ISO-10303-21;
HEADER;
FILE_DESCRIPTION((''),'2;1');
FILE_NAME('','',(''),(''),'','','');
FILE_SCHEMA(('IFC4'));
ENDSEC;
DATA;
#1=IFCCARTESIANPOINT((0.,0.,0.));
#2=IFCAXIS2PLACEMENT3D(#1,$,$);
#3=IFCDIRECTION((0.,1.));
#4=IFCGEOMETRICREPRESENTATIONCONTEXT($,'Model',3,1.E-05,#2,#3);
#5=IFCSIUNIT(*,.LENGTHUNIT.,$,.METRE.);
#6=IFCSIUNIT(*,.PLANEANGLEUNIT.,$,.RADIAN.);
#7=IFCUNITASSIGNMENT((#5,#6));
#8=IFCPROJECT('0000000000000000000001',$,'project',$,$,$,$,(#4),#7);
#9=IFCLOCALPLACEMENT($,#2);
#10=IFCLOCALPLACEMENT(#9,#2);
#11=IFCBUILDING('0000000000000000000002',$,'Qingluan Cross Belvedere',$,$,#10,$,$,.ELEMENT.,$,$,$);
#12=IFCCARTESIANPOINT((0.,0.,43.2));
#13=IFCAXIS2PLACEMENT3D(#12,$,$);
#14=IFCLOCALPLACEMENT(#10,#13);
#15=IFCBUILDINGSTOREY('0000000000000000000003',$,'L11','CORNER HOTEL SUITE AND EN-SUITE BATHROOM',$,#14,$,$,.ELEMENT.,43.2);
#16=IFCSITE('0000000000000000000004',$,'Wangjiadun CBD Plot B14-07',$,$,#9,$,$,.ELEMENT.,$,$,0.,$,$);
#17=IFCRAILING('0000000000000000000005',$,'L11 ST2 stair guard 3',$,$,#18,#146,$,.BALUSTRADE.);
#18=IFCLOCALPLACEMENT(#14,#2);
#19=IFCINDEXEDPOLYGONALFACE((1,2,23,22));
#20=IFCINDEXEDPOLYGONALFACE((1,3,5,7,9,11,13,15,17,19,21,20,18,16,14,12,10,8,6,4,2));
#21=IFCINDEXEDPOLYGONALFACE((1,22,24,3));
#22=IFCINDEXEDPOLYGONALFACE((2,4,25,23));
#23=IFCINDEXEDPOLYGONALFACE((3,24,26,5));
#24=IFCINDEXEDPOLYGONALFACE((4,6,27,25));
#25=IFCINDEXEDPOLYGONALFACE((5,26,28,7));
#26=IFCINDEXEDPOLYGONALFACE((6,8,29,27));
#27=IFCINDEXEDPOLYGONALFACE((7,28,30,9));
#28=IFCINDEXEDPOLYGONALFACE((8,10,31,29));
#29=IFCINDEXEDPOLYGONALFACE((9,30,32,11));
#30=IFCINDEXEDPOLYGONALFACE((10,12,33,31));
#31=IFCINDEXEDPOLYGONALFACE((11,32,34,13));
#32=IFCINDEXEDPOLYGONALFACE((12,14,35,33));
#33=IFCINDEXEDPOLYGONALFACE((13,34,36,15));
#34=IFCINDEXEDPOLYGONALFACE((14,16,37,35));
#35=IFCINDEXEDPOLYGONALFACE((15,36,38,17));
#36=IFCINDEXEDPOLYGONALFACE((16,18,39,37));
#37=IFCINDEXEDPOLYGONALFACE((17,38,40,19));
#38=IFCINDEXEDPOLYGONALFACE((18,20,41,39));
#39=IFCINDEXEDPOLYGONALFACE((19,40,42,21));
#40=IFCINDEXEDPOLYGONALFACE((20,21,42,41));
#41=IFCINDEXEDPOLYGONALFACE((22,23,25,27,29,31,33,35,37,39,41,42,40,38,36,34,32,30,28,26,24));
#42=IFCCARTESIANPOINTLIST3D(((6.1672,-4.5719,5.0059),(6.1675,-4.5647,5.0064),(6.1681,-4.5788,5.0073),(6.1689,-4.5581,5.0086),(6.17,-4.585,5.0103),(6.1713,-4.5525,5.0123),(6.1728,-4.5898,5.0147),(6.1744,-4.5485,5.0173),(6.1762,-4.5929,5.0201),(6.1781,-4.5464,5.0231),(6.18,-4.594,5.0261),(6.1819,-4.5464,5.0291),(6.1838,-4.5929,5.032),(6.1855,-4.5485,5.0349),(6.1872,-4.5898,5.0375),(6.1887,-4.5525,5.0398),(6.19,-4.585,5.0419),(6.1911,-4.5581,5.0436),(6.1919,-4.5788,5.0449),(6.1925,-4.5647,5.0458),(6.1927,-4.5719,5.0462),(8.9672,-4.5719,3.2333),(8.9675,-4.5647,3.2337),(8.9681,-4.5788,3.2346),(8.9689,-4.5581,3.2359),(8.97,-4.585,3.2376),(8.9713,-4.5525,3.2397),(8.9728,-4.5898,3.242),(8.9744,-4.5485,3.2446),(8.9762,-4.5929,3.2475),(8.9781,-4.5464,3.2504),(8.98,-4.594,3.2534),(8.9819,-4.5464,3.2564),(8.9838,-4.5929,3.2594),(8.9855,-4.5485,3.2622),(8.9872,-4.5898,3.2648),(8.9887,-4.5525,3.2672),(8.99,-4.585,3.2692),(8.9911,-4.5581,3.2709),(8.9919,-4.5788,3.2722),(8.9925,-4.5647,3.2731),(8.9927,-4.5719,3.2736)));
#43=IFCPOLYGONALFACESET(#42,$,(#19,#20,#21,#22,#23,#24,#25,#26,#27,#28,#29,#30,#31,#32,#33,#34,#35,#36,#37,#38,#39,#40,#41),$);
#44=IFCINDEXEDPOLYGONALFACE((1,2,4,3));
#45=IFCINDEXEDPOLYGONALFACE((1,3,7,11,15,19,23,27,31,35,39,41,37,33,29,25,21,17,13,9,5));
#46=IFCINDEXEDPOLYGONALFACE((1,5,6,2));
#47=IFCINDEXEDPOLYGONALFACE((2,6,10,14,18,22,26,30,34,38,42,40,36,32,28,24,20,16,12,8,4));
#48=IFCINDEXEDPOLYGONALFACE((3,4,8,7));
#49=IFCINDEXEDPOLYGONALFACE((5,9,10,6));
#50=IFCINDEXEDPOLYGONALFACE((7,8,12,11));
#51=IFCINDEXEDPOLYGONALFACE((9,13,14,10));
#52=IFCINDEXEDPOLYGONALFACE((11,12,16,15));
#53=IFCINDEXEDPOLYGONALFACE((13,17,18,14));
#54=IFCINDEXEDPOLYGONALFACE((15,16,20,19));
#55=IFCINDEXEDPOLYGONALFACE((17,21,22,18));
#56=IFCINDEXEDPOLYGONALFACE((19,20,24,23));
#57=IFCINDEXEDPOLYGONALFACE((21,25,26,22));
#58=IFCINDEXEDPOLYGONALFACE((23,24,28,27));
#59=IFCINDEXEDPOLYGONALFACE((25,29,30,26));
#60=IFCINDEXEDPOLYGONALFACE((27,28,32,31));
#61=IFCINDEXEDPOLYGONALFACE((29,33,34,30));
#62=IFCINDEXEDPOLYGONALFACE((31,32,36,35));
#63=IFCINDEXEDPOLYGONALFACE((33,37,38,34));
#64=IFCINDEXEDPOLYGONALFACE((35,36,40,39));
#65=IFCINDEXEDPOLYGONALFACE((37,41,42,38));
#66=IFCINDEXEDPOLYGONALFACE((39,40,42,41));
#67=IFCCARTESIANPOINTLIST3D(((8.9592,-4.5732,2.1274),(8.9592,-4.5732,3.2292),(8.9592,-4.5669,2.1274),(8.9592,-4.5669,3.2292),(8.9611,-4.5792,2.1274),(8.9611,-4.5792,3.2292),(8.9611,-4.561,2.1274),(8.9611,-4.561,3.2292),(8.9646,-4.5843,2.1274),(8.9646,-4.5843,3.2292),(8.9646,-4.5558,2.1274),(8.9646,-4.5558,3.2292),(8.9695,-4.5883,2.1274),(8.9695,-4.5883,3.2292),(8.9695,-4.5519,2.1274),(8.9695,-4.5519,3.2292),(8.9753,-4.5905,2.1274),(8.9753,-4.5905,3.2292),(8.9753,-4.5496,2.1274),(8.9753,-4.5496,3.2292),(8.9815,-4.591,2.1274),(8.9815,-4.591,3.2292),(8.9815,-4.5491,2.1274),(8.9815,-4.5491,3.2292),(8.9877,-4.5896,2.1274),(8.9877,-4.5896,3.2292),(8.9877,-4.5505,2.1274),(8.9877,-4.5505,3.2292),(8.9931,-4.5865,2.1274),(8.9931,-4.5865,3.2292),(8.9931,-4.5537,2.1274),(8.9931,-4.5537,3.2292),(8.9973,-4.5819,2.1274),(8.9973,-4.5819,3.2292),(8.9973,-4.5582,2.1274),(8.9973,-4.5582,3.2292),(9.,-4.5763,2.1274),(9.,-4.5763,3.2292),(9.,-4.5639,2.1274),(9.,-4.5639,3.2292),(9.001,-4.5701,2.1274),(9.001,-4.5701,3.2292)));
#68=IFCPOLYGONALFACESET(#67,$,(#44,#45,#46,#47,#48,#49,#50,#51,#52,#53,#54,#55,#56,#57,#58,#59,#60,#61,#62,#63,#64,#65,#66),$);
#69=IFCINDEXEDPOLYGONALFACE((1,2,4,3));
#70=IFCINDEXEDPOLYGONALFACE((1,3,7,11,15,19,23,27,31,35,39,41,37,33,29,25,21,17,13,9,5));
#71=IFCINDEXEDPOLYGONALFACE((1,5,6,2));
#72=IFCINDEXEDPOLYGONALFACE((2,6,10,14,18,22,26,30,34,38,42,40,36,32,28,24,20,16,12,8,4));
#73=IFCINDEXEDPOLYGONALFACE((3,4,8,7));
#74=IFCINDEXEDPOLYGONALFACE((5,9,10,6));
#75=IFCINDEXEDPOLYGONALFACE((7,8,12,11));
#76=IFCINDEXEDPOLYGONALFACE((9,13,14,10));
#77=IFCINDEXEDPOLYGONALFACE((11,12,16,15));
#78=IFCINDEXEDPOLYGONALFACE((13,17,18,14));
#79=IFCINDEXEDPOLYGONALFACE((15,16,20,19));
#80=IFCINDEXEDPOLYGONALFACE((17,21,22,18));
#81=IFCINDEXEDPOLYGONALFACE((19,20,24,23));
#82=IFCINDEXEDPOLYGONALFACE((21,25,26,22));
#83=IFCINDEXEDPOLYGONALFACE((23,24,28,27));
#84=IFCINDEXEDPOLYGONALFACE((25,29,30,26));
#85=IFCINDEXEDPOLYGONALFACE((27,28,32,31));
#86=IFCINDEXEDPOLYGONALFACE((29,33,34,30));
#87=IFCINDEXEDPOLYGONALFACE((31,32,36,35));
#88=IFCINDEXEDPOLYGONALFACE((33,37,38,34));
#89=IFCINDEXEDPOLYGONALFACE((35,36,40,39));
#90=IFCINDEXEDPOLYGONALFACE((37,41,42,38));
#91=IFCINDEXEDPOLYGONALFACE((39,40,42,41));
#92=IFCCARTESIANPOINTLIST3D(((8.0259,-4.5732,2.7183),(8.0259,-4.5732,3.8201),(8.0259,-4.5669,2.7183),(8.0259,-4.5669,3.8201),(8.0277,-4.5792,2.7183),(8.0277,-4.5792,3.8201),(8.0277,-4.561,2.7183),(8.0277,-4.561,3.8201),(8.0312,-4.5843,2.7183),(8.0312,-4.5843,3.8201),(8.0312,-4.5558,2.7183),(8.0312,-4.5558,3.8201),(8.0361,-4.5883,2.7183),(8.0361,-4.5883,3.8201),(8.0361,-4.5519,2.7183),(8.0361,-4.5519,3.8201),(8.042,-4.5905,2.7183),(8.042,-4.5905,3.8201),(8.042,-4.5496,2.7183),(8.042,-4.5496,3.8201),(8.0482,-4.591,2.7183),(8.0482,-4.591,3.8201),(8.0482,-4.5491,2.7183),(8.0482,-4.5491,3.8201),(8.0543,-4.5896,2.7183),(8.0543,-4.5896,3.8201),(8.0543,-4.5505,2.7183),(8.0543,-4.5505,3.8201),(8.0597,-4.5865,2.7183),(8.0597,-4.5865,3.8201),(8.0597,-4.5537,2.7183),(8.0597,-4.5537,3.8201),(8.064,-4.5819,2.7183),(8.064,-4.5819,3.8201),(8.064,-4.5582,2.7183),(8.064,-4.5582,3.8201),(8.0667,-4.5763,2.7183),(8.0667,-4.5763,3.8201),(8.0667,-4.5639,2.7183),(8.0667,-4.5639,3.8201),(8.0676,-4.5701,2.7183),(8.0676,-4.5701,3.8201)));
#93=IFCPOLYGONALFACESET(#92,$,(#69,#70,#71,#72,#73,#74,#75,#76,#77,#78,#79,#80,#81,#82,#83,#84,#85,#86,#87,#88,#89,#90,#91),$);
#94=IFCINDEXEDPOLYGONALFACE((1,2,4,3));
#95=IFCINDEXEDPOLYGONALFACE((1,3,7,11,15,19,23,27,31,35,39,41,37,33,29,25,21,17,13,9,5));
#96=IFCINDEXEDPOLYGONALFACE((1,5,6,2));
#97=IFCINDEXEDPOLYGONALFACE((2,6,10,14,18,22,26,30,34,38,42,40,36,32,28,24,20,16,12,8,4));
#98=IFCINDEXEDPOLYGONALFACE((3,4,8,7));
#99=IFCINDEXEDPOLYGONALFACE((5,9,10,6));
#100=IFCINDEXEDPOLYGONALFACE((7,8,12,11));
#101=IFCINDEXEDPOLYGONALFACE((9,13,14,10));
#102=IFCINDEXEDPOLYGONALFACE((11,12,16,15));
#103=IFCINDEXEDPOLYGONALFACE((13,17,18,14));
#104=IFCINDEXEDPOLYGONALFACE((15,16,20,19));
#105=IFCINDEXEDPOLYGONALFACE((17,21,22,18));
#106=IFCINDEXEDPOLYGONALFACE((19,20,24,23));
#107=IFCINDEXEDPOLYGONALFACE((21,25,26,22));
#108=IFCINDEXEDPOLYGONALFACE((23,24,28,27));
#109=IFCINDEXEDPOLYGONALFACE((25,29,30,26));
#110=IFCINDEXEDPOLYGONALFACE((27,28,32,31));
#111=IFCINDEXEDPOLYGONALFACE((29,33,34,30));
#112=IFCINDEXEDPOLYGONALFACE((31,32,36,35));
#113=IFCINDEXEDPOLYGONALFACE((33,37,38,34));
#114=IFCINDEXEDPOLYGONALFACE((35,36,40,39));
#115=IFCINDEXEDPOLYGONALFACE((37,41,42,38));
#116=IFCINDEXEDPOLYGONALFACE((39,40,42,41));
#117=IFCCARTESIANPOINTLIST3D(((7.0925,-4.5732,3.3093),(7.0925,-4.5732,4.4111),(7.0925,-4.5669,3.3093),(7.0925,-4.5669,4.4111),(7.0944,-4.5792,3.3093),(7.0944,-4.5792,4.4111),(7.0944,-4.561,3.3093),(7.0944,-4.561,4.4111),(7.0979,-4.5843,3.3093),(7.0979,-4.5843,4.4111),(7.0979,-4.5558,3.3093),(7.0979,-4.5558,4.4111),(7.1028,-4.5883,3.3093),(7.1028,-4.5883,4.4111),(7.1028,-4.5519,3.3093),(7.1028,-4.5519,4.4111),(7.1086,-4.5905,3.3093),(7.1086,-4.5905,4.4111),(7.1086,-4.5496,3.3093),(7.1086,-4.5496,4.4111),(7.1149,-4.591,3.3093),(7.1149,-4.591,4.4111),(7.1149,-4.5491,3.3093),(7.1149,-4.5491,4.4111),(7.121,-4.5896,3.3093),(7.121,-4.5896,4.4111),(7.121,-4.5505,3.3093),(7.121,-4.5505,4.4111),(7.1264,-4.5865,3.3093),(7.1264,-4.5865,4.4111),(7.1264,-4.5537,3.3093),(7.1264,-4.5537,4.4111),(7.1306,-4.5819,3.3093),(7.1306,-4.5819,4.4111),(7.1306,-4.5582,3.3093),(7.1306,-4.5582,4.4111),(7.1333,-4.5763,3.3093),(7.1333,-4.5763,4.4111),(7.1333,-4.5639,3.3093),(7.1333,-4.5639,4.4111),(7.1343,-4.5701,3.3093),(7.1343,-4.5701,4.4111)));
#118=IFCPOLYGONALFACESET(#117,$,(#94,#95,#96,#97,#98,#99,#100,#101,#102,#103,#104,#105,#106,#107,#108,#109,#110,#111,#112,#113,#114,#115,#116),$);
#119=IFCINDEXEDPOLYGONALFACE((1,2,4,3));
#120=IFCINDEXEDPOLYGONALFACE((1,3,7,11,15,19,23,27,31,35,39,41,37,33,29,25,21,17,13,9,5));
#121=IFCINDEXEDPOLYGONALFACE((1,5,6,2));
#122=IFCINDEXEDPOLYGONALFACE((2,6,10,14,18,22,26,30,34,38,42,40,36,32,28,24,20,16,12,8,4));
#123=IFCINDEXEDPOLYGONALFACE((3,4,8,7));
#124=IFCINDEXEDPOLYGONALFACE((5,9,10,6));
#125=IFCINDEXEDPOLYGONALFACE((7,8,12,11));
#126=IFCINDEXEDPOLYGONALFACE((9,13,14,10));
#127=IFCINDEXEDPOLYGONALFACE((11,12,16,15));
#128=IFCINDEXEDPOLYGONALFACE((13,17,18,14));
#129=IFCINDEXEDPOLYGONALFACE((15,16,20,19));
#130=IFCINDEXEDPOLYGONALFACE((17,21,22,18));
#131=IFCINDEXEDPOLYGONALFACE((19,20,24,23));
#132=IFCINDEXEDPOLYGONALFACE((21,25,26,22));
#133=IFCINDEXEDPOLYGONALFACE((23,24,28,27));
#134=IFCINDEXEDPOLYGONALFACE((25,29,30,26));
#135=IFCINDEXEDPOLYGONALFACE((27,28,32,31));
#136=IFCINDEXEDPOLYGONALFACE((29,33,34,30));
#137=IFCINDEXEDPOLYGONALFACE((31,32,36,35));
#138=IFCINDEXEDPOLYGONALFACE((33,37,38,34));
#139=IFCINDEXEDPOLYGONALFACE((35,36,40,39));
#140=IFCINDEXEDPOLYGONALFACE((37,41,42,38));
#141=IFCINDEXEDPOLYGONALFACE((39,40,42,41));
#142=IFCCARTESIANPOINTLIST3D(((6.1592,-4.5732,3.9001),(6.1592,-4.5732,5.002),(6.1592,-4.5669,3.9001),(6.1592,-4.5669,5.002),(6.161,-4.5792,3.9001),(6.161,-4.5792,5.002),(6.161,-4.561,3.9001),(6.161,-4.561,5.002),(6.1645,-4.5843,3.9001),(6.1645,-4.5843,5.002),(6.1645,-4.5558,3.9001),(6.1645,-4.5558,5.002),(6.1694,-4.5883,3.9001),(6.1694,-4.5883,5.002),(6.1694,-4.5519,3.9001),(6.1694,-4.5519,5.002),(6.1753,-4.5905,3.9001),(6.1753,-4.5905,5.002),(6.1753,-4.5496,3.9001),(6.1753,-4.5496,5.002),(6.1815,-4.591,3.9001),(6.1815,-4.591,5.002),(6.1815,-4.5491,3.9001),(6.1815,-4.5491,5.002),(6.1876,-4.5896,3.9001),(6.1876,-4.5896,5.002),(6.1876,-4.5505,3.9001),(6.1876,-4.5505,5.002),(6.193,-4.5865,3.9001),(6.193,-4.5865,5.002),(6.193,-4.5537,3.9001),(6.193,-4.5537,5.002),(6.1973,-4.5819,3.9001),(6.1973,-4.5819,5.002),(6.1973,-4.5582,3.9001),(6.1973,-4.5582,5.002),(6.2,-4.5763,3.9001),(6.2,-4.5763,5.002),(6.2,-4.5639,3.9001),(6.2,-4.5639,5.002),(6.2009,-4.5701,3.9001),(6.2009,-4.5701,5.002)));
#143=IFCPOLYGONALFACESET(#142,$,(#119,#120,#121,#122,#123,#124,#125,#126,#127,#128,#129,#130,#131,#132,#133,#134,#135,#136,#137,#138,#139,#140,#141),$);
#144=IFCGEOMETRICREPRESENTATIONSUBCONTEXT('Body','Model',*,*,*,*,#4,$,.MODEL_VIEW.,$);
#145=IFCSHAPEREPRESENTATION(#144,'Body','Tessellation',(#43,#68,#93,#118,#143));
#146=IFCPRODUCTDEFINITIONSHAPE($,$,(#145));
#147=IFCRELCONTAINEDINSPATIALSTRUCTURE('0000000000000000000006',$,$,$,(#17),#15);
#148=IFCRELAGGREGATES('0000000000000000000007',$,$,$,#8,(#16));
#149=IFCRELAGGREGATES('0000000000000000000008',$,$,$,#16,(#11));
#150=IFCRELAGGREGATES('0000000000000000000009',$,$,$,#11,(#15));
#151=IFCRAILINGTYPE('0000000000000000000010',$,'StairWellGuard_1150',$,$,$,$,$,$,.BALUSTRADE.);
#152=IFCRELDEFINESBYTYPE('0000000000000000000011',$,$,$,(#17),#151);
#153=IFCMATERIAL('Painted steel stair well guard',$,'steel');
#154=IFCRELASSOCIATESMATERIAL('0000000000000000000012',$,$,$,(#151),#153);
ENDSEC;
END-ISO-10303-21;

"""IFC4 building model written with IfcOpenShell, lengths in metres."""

from ifc_helpers import new_model, si_unit, direction, frame, origin, origin_2d, place, context, subcontext, project, spatial, circle, extrude, material, type_object, element, save


model = new_model("IFC4")

# Units and contexts
model_context = context("Model", 3, precision=1e-05, world=origin(), true_north=direction((0.0, 1.0)))
body_context = subcontext(model_context, "Body", "Model", "MODEL_VIEW")
ifc_project = project(units=[si_unit("LENGTHUNIT", "METRE"), si_unit("PLANEANGLEUNIT", "RADIAN")], contexts=[model_context])

# Site, building, storey
site_placement = place(None, origin())
site = spatial("IfcSite", under=ifc_project, at=site_placement, Name="Wangjiadun CBD Plot B14-07", CompositionType="ELEMENT", RefElevation=0.0)
building_placement = place(site_placement, origin())
building = spatial("IfcBuilding", under=site, at=building_placement, Name="Qingluan Cross Belvedere", CompositionType="ELEMENT")
storey_placement = place(building_placement, frame((0.0, 0.0, 43.2)))
storey = spatial("IfcBuildingStorey", under=building, at=storey_placement, Name="L11", Description="CORNER HOTEL SUITE AND EN-SUITE BATHROOM", CompositionType="ELEMENT", Elevation=43.2)

# Railing
ifc_material_1 = material(Name="Painted steel stair well guard", Category="steel")
railing_type_1 = type_object("IfcRailingType", Name="StairWellGuard_1150", PredefinedType="BALUSTRADE", material=ifc_material_1)
railing_1_placement = place(storey_placement, frame((8.98, -4.5701, 2.1274)))
element("IfcRailing", 1, at=railing_1_placement, inside=storey, type_object=railing_type_1, Name="L11 ST2 stair guard 3", PredefinedType="BALUSTRADE", context=body_context, shape_type="SweptSolid", body=[
    extrude(circle(Radius=0.0239, at=origin_2d()), frame((0.0, 0.0, 1.126), z_axis=(-0.844909, 0.0, 0.53491), x_axis=(0.0, -1.0, 0.0)), (0.0, 0.0, 1.0), 3.314),
    extrude(circle(Radius=0.021, at=origin_2d()), origin(), (0.0, 0.0, 1.0), 1.1018),
    extrude(circle(Radius=0.021, at=origin_2d()), frame((-0.9333, 0.0, 0.5908)), (0.0, 0.0, 1.0), 1.1018),
    extrude(circle(Radius=0.021, at=origin_2d()), frame((-1.8667, 0.0, 1.1819)), (0.0, 0.0, 1.0), 1.1018),
    extrude(circle(Radius=0.021, at=origin_2d()), frame((-2.8, 0.0, 1.7727)), (0.0, 0.0, 1.0), 1.1018),
])

save(model, "model.ifc")
